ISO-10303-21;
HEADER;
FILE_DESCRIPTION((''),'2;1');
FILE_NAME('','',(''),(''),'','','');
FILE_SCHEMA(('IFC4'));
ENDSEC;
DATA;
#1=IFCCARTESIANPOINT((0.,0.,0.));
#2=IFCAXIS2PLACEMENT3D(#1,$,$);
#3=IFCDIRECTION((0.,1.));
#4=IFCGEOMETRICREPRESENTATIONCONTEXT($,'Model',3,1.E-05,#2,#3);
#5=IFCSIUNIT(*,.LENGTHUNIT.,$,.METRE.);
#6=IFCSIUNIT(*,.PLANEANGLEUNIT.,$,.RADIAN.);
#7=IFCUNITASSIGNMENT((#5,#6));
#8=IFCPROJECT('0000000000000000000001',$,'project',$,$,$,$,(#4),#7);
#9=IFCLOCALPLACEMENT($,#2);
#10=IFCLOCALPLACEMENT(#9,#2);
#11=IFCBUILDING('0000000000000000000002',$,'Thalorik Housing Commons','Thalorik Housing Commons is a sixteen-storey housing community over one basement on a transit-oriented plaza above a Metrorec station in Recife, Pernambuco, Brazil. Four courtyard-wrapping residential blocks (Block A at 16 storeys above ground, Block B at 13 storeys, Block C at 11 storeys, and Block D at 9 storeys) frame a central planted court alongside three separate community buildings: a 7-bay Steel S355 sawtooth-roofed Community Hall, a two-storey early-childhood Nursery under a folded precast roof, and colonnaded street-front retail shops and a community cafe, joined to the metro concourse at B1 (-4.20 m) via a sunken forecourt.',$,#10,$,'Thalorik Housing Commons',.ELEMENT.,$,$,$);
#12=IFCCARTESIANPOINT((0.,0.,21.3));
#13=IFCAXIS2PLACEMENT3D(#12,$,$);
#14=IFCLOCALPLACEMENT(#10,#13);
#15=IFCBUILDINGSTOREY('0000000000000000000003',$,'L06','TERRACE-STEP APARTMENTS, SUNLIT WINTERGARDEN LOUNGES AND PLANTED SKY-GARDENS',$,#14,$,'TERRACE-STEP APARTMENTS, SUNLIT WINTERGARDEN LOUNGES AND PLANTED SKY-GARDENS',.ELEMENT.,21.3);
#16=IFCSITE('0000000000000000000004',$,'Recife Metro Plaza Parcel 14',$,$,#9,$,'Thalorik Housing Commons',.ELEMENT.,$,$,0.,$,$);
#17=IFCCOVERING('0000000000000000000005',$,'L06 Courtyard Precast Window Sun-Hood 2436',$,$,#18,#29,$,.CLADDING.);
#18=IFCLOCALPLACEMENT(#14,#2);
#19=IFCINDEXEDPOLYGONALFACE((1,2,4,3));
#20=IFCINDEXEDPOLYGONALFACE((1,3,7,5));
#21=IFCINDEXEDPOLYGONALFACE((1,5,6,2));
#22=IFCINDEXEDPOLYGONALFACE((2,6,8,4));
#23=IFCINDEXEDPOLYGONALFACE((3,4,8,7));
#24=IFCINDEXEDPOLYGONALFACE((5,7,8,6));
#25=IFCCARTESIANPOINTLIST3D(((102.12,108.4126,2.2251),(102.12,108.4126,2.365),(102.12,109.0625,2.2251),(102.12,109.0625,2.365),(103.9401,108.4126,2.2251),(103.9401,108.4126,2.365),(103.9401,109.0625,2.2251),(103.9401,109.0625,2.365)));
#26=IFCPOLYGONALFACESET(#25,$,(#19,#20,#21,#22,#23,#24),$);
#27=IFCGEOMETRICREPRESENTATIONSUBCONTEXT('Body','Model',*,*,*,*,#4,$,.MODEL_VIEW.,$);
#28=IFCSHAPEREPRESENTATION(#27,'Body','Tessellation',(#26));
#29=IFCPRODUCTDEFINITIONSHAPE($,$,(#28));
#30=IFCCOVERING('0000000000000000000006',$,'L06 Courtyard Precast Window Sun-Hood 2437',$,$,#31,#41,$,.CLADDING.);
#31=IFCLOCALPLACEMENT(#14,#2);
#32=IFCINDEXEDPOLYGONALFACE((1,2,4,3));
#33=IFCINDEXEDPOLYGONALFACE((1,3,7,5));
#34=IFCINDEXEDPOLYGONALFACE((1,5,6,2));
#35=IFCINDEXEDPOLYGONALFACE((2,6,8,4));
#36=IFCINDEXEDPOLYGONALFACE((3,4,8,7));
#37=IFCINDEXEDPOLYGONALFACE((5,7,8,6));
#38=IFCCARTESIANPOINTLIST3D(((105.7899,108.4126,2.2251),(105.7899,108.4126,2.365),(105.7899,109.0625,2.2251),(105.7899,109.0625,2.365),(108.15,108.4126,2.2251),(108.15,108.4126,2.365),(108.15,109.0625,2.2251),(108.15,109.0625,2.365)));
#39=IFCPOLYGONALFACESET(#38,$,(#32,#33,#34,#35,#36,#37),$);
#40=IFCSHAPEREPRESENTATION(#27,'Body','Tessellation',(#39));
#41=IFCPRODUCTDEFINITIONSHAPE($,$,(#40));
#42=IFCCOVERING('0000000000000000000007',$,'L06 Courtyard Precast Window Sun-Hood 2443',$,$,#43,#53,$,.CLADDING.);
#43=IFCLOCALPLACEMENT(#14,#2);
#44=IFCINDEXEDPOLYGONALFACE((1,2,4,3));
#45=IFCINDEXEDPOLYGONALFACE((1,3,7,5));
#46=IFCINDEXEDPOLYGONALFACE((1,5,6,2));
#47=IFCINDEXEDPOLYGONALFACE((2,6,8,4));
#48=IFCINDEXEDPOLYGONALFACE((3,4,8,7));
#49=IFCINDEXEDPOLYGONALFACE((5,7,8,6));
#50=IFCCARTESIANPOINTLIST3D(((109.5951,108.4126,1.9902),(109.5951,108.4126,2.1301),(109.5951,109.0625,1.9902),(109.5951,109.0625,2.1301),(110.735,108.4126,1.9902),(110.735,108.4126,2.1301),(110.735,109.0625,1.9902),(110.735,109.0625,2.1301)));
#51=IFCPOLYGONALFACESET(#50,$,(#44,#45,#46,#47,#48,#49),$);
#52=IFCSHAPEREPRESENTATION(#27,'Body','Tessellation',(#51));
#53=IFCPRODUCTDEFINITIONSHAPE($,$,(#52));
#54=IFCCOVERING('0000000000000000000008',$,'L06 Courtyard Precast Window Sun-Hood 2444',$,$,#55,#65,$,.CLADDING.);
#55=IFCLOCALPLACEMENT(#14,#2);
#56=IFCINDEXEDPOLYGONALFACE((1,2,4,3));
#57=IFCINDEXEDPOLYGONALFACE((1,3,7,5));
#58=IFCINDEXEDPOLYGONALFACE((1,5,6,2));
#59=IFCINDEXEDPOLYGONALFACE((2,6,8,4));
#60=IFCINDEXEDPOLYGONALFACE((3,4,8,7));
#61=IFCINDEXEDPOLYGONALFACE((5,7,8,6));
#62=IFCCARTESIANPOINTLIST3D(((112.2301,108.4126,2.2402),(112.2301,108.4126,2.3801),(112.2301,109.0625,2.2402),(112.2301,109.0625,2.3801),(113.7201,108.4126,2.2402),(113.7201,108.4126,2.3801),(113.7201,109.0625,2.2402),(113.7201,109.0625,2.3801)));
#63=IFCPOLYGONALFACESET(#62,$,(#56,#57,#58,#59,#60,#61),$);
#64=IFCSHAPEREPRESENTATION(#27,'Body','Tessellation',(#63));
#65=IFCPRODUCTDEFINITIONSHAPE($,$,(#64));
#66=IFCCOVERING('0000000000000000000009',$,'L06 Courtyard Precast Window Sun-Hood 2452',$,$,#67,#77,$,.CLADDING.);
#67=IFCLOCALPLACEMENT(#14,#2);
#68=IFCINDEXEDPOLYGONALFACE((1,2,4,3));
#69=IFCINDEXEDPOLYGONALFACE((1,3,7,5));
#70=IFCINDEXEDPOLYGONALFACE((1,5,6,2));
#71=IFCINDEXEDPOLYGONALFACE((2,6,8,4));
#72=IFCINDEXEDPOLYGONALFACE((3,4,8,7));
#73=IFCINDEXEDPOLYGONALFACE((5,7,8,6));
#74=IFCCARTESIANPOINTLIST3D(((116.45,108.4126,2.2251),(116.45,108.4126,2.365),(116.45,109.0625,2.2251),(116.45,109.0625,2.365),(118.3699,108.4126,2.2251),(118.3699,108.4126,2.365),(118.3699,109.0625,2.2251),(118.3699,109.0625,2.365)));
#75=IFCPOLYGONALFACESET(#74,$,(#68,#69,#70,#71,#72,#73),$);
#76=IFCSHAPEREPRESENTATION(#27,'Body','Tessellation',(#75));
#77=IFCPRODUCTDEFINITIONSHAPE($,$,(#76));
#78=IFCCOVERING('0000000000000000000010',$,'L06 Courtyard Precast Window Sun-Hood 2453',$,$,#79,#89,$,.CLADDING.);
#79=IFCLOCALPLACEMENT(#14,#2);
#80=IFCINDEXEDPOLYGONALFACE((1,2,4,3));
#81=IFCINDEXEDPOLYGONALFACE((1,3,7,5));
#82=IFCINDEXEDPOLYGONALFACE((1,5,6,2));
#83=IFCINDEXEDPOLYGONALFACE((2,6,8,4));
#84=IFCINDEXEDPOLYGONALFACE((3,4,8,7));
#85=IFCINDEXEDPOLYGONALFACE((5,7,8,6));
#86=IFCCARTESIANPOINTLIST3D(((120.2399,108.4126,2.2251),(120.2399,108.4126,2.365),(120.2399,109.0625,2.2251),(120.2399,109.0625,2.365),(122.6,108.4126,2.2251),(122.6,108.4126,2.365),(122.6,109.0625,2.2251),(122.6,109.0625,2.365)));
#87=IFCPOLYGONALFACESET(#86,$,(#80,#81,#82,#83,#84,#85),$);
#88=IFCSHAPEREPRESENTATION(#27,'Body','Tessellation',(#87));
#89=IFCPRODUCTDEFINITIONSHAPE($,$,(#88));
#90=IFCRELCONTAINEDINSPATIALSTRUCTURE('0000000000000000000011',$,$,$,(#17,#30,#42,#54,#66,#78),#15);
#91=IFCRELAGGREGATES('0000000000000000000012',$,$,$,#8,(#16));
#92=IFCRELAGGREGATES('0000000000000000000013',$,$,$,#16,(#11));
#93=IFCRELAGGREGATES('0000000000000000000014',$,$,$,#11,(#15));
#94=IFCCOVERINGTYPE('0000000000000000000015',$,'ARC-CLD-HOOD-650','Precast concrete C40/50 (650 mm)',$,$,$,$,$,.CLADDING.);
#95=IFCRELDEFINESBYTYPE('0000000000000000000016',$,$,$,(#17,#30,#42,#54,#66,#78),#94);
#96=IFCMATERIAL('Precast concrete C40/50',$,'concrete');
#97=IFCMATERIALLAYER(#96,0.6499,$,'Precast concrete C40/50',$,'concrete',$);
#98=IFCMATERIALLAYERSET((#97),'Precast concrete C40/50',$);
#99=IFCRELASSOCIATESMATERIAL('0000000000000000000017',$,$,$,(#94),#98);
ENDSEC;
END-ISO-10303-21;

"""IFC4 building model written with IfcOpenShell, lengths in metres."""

from ifc_helpers import new_model, si_unit, direction, frame, origin, origin_2d, place, context, subcontext, project, spatial, rectangle, extrude, material, layer, layer_set, type_object, element, save


model = new_model("IFC4")

# Units and contexts
model_context = context("Model", 3, precision=1e-05, world=origin(), true_north=direction((0.0, 1.0)))
body_context = subcontext(model_context, "Body", "Model", "MODEL_VIEW")
ifc_project = project(units=[si_unit("LENGTHUNIT", "METRE"), si_unit("PLANEANGLEUNIT", "RADIAN")], contexts=[model_context])

# Site, building, storey
site_placement = place(None, origin())
site = spatial("IfcSite", under=ifc_project, at=site_placement, Name="Recife Metro Plaza Parcel 14", LongName="Thalorik Housing Commons", CompositionType="ELEMENT", RefElevation=0.0)
building_placement = place(site_placement, origin())
building = spatial("IfcBuilding", under=site, at=building_placement, Name="Thalorik Housing Commons", Description="Thalorik Housing Commons is a sixteen-storey housing community over one basement on a transit-oriented plaza above a Metrorec station in Recife, Pernambuco, Brazil. Four courtyard-wrapping residential blocks (Block A at 16 storeys above ground, Block B at 13 storeys, Block C at 11 storeys, and Block D at 9 storeys) frame a central planted court alongside three separate community buildings: a 7-bay Steel S355 sawtooth-roofed Community Hall, a two-storey early-childhood Nursery under a folded precast roof, and colonnaded street-front retail shops and a community cafe, joined to the metro concourse at B1 (-4.20 m) via a sunken forecourt.", LongName="Thalorik Housing Commons", CompositionType="ELEMENT")
storey_placement = place(building_placement, frame((0.0, 0.0, 21.3)))
storey = spatial("IfcBuildingStorey", under=building, at=storey_placement, Name="L06", Description="TERRACE-STEP APARTMENTS, SUNLIT WINTERGARDEN LOUNGES AND PLANTED SKY-GARDENS", LongName="TERRACE-STEP APARTMENTS, SUNLIT WINTERGARDEN LOUNGES AND PLANTED SKY-GARDENS", CompositionType="ELEMENT", Elevation=21.3)

# Coverings
ifc_material = material(Name="Precast concrete C40/50", Category="concrete")
ifc_layer_1 = layer(ifc_material, 0.6499, Name="Precast concrete C40/50", Category="concrete")
ifc_layer_set_1 = layer_set([ifc_layer_1], Name="Precast concrete C40/50")
covering_type_1 = type_object("IfcCoveringType", Name="ARC-CLD-HOOD-650", Description="Precast concrete C40/50 (650 mm)", PredefinedType="CLADDING", material=ifc_layer_set_1)
covering_1_placement = place(storey_placement, frame((103.03, 108.7375, 2.2251), z_axis=(0.0, 0.0, 1.0), x_axis=(1.0, 0.0, 0.0)))
element("IfcCovering", 1, at=covering_1_placement, inside=storey, type_object=covering_type_1, Name="L06 Courtyard Precast Window Sun-Hood 2436", PredefinedType="CLADDING", context=body_context, shape_type="SweptSolid", body=[
    extrude(rectangle(XDim=1.8201, YDim=0.6499, at=origin_2d()), origin(), (0.0, 0.0, 1.0), 0.1399),
])
covering_2_placement = place(storey_placement, frame((106.97, 108.7375, 2.2251), z_axis=(0.0, 0.0, 1.0), x_axis=(1.0, 0.0, 0.0)))
element("IfcCovering", 2, at=covering_2_placement, inside=storey, type_object=covering_type_1, Name="L06 Courtyard Precast Window Sun-Hood 2437", PredefinedType="CLADDING", context=body_context, shape_type="SweptSolid", body=[
    extrude(rectangle(XDim=2.3601, YDim=0.6499, at=origin_2d()), origin(), (0.0, 0.0, 1.0), 0.1399),
])
covering_3_placement = place(storey_placement, frame((110.165, 108.7375, 1.9902), z_axis=(0.0, 0.0, 1.0), x_axis=(1.0, 0.0, 0.0)))
element("IfcCovering", 3, at=covering_3_placement, inside=storey, type_object=covering_type_1, Name="L06 Courtyard Precast Window Sun-Hood 2443", PredefinedType="CLADDING", context=body_context, shape_type="SweptSolid", body=[
    extrude(rectangle(XDim=1.1399, YDim=0.6499, at=origin_2d()), origin(), (0.0, 0.0, 1.0), 0.1399),
])
covering_4_placement = place(storey_placement, frame((112.9751, 108.7375, 2.2402), z_axis=(0.0, 0.0, 1.0), x_axis=(1.0, 0.0, 0.0)))
element("IfcCovering", 4, at=covering_4_placement, inside=storey, type_object=covering_type_1, Name="L06 Courtyard Precast Window Sun-Hood 2444", PredefinedType="CLADDING", context=body_context, shape_type="SweptSolid", body=[
    extrude(rectangle(XDim=1.49, YDim=0.6499, at=origin_2d()), origin(), (0.0, 0.0, 1.0), 0.1399),
])
covering_5_placement = place(storey_placement, frame((117.4099, 108.7375, 2.2251), z_axis=(0.0, 0.0, 1.0), x_axis=(1.0, 0.0, 0.0)))
element("IfcCovering", 5, at=covering_5_placement, inside=storey, type_object=covering_type_1, Name="L06 Courtyard Precast Window Sun-Hood 2452", PredefinedType="CLADDING", context=body_context, shape_type="SweptSolid", body=[
    extrude(rectangle(XDim=1.9199, YDim=0.6499, at=origin_2d()), origin(), (0.0, 0.0, 1.0), 0.1399),
])
covering_6_placement = place(storey_placement, frame((121.4199, 108.7375, 2.2251), z_axis=(0.0, 0.0, 1.0), x_axis=(1.0, 0.0, 0.0)))
element("IfcCovering", 6, at=covering_6_placement, inside=storey, type_object=covering_type_1, Name="L06 Courtyard Precast Window Sun-Hood 2453", PredefinedType="CLADDING", context=body_context, shape_type="SweptSolid", body=[
    extrude(rectangle(XDim=2.3601, YDim=0.6499, at=origin_2d()), origin(), (0.0, 0.0, 1.0), 0.1399),
])

save(model, "model.ifc")
